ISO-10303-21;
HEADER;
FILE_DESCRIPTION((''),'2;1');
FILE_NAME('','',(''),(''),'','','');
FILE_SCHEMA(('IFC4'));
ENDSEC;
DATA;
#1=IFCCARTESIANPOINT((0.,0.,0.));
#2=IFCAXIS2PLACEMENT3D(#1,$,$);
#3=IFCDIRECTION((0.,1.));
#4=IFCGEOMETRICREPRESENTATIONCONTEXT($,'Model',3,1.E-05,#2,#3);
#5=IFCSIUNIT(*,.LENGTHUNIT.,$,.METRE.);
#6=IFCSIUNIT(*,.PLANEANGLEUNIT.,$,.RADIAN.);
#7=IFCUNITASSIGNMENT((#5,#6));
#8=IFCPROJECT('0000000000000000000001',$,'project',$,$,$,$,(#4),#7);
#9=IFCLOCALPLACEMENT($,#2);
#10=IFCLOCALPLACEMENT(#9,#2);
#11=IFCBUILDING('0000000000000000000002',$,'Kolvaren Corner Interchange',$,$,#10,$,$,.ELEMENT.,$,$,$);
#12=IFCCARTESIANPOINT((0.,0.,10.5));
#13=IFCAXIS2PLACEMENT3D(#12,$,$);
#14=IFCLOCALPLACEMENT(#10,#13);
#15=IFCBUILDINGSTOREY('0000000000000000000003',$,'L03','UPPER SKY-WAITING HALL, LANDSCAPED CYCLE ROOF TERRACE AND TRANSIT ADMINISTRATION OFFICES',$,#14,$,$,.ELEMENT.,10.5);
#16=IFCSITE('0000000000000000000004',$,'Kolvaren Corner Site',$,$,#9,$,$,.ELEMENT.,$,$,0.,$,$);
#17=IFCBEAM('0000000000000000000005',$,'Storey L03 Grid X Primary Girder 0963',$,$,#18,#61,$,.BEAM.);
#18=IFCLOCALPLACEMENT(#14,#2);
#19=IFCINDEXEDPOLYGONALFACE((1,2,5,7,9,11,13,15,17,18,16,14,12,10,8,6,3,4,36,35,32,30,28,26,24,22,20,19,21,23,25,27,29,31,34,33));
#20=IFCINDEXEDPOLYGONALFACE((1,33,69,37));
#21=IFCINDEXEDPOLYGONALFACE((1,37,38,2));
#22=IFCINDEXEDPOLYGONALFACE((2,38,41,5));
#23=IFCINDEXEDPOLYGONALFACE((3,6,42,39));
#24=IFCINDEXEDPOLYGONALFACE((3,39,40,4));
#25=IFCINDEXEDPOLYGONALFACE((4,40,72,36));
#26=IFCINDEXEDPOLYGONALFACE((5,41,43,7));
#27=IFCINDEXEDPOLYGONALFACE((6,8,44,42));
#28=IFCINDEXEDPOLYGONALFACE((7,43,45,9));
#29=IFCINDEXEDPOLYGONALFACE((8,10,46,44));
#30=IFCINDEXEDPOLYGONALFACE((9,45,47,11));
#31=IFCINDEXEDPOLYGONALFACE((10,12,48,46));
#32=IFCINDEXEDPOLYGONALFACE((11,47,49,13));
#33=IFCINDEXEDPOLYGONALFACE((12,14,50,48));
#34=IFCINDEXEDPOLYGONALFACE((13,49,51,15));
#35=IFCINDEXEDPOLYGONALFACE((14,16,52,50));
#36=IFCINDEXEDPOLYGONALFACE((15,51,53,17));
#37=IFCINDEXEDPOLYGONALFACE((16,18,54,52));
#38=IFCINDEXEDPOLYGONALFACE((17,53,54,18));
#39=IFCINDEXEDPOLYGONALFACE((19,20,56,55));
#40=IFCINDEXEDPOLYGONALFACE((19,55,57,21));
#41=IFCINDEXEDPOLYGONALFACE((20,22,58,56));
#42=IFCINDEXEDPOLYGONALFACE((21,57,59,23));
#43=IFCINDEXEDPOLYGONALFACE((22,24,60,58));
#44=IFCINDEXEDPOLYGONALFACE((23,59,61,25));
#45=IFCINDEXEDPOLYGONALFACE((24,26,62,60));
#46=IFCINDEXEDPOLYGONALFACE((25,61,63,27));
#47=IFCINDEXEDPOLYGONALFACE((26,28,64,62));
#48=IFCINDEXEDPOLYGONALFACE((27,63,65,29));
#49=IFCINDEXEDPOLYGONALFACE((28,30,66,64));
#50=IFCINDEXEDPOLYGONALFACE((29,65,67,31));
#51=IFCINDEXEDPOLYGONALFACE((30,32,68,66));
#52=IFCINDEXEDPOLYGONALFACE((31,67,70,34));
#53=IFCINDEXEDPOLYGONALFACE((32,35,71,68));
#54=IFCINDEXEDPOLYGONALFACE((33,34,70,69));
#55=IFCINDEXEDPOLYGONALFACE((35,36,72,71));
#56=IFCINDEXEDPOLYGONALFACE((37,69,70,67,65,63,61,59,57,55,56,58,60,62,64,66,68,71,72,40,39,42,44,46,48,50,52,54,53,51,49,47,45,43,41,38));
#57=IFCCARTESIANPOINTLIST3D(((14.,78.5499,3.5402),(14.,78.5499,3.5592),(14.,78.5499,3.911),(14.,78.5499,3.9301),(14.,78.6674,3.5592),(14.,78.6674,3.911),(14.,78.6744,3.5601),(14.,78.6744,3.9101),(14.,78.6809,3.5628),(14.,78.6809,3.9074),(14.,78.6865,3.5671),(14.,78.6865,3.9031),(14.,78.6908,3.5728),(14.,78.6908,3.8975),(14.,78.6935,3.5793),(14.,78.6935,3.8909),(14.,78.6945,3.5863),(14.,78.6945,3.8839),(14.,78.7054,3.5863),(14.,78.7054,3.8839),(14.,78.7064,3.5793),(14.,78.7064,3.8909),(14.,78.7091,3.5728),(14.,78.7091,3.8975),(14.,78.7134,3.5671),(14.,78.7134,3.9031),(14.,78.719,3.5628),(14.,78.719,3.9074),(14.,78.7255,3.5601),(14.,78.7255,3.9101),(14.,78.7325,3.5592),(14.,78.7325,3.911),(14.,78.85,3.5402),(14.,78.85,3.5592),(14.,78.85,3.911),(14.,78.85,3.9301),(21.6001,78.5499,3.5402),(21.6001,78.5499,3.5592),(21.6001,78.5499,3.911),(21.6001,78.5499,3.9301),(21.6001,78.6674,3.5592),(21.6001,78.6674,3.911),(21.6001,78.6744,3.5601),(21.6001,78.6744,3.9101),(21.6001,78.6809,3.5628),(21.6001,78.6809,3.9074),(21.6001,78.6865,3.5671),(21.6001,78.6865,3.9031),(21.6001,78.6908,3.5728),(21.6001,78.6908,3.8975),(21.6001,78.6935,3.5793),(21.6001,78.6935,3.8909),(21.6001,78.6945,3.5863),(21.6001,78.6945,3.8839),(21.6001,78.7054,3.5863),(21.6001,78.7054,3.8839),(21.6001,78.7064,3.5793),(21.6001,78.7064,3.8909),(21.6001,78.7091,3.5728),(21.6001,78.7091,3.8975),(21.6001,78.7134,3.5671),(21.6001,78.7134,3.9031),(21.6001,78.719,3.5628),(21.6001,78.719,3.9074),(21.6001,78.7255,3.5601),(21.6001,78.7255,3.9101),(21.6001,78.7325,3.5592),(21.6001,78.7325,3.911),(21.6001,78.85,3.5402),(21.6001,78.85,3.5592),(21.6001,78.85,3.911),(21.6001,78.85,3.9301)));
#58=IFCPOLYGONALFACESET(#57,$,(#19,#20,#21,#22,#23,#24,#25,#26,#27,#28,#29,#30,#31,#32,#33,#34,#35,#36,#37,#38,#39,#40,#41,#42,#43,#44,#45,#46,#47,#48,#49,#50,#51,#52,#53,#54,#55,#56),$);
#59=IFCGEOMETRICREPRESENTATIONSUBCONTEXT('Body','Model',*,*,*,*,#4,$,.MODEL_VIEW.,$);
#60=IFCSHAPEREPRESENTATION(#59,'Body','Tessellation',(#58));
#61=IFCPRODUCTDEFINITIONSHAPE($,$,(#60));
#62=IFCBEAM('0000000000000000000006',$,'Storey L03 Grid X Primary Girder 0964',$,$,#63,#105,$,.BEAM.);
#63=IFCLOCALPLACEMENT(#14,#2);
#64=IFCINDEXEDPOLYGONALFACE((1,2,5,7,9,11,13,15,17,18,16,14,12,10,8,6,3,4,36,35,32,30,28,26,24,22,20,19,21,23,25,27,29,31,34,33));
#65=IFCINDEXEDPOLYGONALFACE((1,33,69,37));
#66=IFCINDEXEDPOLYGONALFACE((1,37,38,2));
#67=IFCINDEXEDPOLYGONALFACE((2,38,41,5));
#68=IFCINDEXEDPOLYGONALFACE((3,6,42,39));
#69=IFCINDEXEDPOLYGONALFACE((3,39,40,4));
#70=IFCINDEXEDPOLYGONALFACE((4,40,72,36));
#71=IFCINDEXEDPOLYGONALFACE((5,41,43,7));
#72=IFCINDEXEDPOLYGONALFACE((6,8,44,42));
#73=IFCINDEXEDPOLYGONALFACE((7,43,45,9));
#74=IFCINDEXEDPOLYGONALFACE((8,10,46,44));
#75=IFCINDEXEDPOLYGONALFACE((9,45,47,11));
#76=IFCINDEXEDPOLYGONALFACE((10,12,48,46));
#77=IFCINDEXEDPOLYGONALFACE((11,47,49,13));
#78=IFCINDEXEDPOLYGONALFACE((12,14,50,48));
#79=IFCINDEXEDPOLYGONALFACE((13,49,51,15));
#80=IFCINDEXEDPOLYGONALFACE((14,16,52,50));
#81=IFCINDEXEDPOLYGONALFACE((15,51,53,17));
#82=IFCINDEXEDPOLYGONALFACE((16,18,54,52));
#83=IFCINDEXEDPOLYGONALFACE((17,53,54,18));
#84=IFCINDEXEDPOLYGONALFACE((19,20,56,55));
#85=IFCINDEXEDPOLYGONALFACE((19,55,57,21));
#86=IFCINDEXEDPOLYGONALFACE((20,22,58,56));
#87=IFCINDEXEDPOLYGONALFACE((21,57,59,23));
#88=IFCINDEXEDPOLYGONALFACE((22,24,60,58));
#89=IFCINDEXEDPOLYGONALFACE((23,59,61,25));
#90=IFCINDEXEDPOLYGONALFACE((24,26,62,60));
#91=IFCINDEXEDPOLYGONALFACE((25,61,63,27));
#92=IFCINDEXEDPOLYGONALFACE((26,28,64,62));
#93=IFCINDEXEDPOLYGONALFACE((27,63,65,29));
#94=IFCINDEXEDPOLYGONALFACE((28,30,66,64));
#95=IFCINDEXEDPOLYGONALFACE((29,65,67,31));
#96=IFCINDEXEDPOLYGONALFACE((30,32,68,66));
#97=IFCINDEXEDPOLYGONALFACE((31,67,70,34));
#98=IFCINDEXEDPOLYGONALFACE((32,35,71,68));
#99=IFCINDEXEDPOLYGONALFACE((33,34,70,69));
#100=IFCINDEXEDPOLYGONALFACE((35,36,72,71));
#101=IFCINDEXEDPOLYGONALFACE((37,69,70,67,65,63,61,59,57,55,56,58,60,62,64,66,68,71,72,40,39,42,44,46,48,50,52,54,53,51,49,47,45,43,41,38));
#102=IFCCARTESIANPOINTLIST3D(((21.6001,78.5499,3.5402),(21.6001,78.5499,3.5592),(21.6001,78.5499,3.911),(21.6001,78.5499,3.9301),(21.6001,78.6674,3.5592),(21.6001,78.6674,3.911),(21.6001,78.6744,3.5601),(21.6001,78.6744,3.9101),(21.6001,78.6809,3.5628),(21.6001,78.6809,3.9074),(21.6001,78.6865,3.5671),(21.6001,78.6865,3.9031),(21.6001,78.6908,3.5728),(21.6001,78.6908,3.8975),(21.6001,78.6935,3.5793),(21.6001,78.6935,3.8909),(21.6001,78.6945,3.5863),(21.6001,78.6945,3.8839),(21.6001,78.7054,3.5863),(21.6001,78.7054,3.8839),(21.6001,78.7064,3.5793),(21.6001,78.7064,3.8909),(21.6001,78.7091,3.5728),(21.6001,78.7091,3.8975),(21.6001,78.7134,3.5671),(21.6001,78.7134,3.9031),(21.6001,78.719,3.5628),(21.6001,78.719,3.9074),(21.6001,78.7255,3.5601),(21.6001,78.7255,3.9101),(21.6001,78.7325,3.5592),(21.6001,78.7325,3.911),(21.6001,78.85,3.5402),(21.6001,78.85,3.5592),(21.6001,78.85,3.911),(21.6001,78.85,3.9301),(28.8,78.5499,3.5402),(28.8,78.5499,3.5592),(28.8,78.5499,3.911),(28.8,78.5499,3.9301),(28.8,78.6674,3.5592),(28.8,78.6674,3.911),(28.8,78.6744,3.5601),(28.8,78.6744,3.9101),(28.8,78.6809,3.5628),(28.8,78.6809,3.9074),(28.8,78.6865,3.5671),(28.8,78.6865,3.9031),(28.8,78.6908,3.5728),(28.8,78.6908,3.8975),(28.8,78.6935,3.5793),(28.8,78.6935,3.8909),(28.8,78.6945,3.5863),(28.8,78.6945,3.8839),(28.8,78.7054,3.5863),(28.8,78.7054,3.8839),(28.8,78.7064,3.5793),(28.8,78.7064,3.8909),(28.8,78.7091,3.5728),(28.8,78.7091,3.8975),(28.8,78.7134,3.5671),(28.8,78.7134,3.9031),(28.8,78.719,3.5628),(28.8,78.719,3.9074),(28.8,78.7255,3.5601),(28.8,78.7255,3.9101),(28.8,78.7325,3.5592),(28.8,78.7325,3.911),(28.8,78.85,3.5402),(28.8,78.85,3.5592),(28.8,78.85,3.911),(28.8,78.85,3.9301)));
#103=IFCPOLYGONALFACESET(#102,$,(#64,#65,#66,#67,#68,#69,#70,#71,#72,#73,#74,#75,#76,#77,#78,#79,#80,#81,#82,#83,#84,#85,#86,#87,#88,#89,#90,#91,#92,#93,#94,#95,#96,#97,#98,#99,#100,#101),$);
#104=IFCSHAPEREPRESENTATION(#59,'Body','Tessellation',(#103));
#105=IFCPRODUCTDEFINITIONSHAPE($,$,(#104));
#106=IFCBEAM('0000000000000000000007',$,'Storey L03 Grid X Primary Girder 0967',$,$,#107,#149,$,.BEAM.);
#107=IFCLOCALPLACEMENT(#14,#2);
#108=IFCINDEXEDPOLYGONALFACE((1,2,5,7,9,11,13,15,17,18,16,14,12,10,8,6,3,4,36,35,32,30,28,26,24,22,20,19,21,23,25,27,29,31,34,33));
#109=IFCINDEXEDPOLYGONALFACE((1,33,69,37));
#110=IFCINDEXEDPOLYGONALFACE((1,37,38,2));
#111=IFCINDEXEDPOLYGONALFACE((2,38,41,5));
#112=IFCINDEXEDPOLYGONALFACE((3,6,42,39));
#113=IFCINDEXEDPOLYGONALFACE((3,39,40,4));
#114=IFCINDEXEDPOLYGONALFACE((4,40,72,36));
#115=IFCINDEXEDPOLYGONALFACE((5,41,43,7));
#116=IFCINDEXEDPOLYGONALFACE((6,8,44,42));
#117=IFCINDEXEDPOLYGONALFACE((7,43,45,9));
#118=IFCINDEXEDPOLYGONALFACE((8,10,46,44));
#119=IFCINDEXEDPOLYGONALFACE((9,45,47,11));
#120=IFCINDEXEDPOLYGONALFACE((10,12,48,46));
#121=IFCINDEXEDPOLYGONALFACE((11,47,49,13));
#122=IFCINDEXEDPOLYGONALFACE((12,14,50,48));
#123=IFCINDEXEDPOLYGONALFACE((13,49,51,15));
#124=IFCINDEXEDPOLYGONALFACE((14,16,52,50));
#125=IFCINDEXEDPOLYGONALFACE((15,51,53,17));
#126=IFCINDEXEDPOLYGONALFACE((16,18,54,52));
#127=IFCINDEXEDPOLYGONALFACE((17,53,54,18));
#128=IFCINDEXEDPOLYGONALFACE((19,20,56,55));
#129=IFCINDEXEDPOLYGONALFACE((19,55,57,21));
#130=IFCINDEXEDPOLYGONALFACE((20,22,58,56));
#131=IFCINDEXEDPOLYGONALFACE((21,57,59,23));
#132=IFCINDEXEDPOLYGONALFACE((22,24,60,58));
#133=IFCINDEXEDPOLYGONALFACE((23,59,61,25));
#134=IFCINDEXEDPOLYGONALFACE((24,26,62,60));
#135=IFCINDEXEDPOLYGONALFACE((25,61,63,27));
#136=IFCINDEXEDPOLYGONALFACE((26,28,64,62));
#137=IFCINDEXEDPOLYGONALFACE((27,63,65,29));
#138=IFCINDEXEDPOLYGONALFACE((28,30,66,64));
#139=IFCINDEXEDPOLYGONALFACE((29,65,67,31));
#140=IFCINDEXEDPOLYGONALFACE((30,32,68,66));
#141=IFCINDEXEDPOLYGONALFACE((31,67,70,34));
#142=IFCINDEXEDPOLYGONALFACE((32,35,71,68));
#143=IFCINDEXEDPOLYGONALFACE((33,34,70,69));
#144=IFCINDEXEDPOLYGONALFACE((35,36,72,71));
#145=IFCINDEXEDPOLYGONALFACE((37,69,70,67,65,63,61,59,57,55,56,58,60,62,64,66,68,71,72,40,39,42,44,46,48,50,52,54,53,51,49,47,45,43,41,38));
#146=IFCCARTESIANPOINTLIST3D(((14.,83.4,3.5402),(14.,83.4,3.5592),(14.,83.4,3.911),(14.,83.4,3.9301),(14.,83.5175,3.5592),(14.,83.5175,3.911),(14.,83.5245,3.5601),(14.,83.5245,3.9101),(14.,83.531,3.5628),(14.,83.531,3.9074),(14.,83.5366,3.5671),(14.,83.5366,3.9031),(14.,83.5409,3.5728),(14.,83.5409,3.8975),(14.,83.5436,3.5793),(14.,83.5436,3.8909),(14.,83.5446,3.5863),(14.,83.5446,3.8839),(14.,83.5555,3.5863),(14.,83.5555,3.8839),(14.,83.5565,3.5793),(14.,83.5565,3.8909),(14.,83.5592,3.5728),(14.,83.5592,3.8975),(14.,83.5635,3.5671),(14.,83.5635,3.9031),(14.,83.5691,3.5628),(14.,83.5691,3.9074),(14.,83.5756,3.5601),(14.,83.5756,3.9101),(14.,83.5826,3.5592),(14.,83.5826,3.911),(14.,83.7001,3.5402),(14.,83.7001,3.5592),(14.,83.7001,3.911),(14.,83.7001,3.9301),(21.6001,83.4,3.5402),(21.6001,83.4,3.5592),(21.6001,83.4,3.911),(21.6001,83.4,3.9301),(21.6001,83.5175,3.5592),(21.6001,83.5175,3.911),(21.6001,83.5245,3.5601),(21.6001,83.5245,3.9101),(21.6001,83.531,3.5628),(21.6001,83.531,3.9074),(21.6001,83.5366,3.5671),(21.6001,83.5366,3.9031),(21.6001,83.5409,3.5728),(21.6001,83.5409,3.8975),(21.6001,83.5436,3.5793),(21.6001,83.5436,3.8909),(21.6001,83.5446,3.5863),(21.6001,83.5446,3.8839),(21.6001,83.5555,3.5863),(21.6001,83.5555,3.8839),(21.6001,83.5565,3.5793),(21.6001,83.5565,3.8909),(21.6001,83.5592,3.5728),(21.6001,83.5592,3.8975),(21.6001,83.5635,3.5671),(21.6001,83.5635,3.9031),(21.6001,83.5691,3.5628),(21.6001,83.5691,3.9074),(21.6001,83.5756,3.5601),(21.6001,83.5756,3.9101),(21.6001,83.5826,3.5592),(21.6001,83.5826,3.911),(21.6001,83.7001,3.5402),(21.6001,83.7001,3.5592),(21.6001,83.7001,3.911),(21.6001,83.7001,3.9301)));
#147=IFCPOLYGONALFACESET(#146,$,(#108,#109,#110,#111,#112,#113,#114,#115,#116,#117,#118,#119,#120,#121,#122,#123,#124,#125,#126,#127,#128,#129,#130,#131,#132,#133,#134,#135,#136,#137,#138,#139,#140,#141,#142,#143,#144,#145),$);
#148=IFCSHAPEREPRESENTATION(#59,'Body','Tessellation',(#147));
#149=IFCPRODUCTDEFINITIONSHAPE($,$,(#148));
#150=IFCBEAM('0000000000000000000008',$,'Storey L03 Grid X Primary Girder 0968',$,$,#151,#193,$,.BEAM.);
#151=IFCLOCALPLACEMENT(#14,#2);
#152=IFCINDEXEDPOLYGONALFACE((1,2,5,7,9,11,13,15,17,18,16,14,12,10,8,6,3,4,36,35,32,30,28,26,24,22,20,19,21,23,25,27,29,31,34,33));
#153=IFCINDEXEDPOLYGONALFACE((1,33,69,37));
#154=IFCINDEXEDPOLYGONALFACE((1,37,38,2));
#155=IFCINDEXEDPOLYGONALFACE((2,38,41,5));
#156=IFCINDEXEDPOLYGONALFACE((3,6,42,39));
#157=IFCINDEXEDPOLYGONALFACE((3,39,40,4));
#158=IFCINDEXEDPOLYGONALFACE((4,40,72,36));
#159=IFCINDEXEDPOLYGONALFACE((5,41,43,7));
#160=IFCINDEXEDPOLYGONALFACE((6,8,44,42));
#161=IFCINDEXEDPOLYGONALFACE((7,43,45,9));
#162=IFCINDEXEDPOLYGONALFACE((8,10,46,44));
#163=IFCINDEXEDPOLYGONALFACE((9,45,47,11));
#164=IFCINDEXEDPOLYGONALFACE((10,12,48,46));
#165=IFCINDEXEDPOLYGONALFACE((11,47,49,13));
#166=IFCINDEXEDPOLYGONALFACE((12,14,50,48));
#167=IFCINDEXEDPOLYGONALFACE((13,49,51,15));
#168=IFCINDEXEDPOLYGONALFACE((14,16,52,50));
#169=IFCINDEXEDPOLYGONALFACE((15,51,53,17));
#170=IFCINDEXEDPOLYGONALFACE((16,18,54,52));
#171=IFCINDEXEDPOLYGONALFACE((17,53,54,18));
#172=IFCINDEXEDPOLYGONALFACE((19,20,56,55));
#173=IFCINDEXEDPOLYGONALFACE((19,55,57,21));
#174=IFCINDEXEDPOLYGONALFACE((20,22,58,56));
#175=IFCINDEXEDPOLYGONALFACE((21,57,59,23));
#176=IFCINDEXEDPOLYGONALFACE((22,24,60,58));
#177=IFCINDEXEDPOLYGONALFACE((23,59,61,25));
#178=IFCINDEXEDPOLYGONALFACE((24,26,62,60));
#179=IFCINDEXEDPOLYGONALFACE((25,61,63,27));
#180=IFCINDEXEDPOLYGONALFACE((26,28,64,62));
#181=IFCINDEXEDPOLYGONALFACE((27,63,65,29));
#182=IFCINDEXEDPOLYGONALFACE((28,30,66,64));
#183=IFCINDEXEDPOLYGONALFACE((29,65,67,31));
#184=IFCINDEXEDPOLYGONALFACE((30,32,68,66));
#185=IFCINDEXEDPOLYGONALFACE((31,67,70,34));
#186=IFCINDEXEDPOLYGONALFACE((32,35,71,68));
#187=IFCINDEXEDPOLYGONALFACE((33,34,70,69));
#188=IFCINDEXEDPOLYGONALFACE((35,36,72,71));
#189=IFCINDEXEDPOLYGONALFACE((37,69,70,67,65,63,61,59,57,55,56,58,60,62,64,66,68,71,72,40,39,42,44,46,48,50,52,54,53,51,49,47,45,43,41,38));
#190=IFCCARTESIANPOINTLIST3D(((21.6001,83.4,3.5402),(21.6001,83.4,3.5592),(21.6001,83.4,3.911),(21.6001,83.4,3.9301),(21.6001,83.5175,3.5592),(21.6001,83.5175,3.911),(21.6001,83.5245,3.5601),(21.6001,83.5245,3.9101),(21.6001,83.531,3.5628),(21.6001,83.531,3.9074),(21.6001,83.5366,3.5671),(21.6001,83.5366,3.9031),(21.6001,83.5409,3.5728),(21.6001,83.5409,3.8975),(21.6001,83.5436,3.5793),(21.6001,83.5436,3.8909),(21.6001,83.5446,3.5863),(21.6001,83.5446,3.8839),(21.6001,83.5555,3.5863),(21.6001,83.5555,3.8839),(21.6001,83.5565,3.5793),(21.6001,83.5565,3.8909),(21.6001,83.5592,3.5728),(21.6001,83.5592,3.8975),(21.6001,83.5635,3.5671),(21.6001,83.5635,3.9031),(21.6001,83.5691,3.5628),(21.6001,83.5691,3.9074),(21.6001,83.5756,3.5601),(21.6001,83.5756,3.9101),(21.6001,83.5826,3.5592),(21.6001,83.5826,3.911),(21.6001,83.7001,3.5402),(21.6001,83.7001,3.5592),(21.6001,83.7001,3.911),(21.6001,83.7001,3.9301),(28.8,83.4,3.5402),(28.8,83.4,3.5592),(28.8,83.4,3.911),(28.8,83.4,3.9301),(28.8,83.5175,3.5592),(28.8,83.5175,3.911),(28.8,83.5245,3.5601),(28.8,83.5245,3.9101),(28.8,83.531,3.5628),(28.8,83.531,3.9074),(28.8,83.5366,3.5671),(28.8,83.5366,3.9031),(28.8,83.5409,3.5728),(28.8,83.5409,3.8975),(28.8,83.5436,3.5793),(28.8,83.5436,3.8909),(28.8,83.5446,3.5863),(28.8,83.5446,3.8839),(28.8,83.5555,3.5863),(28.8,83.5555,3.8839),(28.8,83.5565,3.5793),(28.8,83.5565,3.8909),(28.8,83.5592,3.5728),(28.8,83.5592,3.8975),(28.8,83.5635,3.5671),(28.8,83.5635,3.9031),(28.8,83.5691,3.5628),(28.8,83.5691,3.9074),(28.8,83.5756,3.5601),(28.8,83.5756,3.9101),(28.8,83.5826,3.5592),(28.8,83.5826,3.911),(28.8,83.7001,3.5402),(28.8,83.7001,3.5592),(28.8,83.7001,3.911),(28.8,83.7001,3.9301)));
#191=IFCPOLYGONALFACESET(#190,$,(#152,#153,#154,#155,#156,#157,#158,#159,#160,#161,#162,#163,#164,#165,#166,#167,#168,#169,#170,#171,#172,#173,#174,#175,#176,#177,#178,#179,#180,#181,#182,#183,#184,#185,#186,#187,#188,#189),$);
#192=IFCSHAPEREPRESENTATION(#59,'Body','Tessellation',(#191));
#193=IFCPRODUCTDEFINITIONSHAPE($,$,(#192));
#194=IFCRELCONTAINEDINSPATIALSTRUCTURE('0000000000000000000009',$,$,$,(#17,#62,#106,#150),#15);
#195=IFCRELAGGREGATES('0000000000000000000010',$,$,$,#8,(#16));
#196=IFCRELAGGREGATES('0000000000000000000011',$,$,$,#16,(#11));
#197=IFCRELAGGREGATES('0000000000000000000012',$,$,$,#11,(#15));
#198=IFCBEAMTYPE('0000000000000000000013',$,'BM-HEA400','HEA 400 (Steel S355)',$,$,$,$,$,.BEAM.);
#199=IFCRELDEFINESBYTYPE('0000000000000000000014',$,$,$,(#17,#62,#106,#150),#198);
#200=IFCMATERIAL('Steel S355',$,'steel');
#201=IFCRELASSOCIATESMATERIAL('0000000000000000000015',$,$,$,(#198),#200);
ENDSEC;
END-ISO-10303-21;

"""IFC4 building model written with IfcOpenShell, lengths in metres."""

from ifc_helpers import new_model, si_unit, direction, frame, origin, origin_2d, place, context, subcontext, project, spatial, i_section, extrude, material, material_profile, profile_set, type_object, element, save


model = new_model("IFC4")

# Units and contexts
model_context = context("Model", 3, precision=1e-05, world=origin(), true_north=direction((0.0, 1.0)))
body_context = subcontext(model_context, "Body", "Model", "MODEL_VIEW")
ifc_project = project(units=[si_unit("LENGTHUNIT", "METRE"), si_unit("PLANEANGLEUNIT", "RADIAN")], contexts=[model_context])

# Site, building, storey
site_placement = place(None, origin())
site = spatial("IfcSite", under=ifc_project, at=site_placement, Name="Kolvaren Corner Site", CompositionType="ELEMENT", RefElevation=0.0)
building_placement = place(site_placement, origin())
building = spatial("IfcBuilding", under=site, at=building_placement, Name="Kolvaren Corner Interchange", CompositionType="ELEMENT")
storey_placement = place(building_placement, frame((0.0, 0.0, 10.5)))
storey = spatial("IfcBuildingStorey", under=building, at=storey_placement, Name="L03", Description="UPPER SKY-WAITING HALL, LANDSCAPED CYCLE ROOF TERRACE AND TRANSIT ADMINISTRATION OFFICES", CompositionType="ELEMENT", Elevation=10.5)

# Beams
ifc_material_1 = material(Name="Steel S355", Category="steel")
ifc_material_profile_1 = material_profile(ifc_material_1, i_section(OverallWidth=0.3, OverallDepth=0.3899, WebThickness=0.011, FlangeThickness=0.019, FilletRadius=0.0271, at=origin_2d()), Name="HEA 400")
ifc_profile_set_1 = profile_set([ifc_material_profile_1], Name="Steel S355")
beam_type_1 = type_object("IfcBeamType", Name="BM-HEA400", Description="HEA 400 (Steel S355)", PredefinedType="BEAM", material=ifc_profile_set_1)
beam_1_placement = place(storey_placement, frame((14.0, 78.7, 3.7351), z_axis=(1.0, 0.0, 0.0), x_axis=(0.0, 1.0, 0.0)))
element("IfcBeam", 1, at=beam_1_placement, inside=storey, type_object=beam_type_1, Name="Storey L03 Grid X Primary Girder 0963", PredefinedType="BEAM", context=body_context, shape_type="SweptSolid", body=[
    extrude(i_section(OverallWidth=0.3, OverallDepth=0.3899, WebThickness=0.011, FlangeThickness=0.019, FilletRadius=0.0271, at=origin_2d()), origin(), (0.0, 0.0, 1.0), 7.6001),
])
beam_2_placement = place(storey_placement, frame((21.6001, 78.7, 3.7351), z_axis=(1.0, 0.0, 0.0), x_axis=(0.0, 1.0, 0.0)))
element("IfcBeam", 2, at=beam_2_placement, inside=storey, type_object=beam_type_1, Name="Storey L03 Grid X Primary Girder 0964", PredefinedType="BEAM", context=body_context, shape_type="SweptSolid", body=[
    extrude(i_section(OverallWidth=0.3, OverallDepth=0.3899, WebThickness=0.011, FlangeThickness=0.019, FilletRadius=0.0271, at=origin_2d()), origin(), (0.0, 0.0, 1.0), 7.2),
])
beam_3_placement = place(storey_placement, frame((14.0, 83.55, 3.7351), z_axis=(1.0, 0.0, 0.0), x_axis=(0.0, 1.0, 0.0)))
element("IfcBeam", 3, at=beam_3_placement, inside=storey, type_object=beam_type_1, Name="Storey L03 Grid X Primary Girder 0967", PredefinedType="BEAM", context=body_context, shape_type="SweptSolid", body=[
    extrude(i_section(OverallWidth=0.3, OverallDepth=0.3899, WebThickness=0.011, FlangeThickness=0.019, FilletRadius=0.0271, at=origin_2d()), origin(), (0.0, 0.0, 1.0), 7.6001),
])
beam_4_placement = place(storey_placement, frame((21.6001, 83.55, 3.7351), z_axis=(1.0, 0.0, 0.0), x_axis=(0.0, 1.0, 0.0)))
element("IfcBeam", 4, at=beam_4_placement, inside=storey, type_object=beam_type_1, Name="Storey L03 Grid X Primary Girder 0968", PredefinedType="BEAM", context=body_context, shape_type="SweptSolid", body=[
    extrude(i_section(OverallWidth=0.3, OverallDepth=0.3899, WebThickness=0.011, FlangeThickness=0.019, FilletRadius=0.0271, at=origin_2d()), origin(), (0.0, 0.0, 1.0), 7.2),
])

save(model, "model.ifc")
